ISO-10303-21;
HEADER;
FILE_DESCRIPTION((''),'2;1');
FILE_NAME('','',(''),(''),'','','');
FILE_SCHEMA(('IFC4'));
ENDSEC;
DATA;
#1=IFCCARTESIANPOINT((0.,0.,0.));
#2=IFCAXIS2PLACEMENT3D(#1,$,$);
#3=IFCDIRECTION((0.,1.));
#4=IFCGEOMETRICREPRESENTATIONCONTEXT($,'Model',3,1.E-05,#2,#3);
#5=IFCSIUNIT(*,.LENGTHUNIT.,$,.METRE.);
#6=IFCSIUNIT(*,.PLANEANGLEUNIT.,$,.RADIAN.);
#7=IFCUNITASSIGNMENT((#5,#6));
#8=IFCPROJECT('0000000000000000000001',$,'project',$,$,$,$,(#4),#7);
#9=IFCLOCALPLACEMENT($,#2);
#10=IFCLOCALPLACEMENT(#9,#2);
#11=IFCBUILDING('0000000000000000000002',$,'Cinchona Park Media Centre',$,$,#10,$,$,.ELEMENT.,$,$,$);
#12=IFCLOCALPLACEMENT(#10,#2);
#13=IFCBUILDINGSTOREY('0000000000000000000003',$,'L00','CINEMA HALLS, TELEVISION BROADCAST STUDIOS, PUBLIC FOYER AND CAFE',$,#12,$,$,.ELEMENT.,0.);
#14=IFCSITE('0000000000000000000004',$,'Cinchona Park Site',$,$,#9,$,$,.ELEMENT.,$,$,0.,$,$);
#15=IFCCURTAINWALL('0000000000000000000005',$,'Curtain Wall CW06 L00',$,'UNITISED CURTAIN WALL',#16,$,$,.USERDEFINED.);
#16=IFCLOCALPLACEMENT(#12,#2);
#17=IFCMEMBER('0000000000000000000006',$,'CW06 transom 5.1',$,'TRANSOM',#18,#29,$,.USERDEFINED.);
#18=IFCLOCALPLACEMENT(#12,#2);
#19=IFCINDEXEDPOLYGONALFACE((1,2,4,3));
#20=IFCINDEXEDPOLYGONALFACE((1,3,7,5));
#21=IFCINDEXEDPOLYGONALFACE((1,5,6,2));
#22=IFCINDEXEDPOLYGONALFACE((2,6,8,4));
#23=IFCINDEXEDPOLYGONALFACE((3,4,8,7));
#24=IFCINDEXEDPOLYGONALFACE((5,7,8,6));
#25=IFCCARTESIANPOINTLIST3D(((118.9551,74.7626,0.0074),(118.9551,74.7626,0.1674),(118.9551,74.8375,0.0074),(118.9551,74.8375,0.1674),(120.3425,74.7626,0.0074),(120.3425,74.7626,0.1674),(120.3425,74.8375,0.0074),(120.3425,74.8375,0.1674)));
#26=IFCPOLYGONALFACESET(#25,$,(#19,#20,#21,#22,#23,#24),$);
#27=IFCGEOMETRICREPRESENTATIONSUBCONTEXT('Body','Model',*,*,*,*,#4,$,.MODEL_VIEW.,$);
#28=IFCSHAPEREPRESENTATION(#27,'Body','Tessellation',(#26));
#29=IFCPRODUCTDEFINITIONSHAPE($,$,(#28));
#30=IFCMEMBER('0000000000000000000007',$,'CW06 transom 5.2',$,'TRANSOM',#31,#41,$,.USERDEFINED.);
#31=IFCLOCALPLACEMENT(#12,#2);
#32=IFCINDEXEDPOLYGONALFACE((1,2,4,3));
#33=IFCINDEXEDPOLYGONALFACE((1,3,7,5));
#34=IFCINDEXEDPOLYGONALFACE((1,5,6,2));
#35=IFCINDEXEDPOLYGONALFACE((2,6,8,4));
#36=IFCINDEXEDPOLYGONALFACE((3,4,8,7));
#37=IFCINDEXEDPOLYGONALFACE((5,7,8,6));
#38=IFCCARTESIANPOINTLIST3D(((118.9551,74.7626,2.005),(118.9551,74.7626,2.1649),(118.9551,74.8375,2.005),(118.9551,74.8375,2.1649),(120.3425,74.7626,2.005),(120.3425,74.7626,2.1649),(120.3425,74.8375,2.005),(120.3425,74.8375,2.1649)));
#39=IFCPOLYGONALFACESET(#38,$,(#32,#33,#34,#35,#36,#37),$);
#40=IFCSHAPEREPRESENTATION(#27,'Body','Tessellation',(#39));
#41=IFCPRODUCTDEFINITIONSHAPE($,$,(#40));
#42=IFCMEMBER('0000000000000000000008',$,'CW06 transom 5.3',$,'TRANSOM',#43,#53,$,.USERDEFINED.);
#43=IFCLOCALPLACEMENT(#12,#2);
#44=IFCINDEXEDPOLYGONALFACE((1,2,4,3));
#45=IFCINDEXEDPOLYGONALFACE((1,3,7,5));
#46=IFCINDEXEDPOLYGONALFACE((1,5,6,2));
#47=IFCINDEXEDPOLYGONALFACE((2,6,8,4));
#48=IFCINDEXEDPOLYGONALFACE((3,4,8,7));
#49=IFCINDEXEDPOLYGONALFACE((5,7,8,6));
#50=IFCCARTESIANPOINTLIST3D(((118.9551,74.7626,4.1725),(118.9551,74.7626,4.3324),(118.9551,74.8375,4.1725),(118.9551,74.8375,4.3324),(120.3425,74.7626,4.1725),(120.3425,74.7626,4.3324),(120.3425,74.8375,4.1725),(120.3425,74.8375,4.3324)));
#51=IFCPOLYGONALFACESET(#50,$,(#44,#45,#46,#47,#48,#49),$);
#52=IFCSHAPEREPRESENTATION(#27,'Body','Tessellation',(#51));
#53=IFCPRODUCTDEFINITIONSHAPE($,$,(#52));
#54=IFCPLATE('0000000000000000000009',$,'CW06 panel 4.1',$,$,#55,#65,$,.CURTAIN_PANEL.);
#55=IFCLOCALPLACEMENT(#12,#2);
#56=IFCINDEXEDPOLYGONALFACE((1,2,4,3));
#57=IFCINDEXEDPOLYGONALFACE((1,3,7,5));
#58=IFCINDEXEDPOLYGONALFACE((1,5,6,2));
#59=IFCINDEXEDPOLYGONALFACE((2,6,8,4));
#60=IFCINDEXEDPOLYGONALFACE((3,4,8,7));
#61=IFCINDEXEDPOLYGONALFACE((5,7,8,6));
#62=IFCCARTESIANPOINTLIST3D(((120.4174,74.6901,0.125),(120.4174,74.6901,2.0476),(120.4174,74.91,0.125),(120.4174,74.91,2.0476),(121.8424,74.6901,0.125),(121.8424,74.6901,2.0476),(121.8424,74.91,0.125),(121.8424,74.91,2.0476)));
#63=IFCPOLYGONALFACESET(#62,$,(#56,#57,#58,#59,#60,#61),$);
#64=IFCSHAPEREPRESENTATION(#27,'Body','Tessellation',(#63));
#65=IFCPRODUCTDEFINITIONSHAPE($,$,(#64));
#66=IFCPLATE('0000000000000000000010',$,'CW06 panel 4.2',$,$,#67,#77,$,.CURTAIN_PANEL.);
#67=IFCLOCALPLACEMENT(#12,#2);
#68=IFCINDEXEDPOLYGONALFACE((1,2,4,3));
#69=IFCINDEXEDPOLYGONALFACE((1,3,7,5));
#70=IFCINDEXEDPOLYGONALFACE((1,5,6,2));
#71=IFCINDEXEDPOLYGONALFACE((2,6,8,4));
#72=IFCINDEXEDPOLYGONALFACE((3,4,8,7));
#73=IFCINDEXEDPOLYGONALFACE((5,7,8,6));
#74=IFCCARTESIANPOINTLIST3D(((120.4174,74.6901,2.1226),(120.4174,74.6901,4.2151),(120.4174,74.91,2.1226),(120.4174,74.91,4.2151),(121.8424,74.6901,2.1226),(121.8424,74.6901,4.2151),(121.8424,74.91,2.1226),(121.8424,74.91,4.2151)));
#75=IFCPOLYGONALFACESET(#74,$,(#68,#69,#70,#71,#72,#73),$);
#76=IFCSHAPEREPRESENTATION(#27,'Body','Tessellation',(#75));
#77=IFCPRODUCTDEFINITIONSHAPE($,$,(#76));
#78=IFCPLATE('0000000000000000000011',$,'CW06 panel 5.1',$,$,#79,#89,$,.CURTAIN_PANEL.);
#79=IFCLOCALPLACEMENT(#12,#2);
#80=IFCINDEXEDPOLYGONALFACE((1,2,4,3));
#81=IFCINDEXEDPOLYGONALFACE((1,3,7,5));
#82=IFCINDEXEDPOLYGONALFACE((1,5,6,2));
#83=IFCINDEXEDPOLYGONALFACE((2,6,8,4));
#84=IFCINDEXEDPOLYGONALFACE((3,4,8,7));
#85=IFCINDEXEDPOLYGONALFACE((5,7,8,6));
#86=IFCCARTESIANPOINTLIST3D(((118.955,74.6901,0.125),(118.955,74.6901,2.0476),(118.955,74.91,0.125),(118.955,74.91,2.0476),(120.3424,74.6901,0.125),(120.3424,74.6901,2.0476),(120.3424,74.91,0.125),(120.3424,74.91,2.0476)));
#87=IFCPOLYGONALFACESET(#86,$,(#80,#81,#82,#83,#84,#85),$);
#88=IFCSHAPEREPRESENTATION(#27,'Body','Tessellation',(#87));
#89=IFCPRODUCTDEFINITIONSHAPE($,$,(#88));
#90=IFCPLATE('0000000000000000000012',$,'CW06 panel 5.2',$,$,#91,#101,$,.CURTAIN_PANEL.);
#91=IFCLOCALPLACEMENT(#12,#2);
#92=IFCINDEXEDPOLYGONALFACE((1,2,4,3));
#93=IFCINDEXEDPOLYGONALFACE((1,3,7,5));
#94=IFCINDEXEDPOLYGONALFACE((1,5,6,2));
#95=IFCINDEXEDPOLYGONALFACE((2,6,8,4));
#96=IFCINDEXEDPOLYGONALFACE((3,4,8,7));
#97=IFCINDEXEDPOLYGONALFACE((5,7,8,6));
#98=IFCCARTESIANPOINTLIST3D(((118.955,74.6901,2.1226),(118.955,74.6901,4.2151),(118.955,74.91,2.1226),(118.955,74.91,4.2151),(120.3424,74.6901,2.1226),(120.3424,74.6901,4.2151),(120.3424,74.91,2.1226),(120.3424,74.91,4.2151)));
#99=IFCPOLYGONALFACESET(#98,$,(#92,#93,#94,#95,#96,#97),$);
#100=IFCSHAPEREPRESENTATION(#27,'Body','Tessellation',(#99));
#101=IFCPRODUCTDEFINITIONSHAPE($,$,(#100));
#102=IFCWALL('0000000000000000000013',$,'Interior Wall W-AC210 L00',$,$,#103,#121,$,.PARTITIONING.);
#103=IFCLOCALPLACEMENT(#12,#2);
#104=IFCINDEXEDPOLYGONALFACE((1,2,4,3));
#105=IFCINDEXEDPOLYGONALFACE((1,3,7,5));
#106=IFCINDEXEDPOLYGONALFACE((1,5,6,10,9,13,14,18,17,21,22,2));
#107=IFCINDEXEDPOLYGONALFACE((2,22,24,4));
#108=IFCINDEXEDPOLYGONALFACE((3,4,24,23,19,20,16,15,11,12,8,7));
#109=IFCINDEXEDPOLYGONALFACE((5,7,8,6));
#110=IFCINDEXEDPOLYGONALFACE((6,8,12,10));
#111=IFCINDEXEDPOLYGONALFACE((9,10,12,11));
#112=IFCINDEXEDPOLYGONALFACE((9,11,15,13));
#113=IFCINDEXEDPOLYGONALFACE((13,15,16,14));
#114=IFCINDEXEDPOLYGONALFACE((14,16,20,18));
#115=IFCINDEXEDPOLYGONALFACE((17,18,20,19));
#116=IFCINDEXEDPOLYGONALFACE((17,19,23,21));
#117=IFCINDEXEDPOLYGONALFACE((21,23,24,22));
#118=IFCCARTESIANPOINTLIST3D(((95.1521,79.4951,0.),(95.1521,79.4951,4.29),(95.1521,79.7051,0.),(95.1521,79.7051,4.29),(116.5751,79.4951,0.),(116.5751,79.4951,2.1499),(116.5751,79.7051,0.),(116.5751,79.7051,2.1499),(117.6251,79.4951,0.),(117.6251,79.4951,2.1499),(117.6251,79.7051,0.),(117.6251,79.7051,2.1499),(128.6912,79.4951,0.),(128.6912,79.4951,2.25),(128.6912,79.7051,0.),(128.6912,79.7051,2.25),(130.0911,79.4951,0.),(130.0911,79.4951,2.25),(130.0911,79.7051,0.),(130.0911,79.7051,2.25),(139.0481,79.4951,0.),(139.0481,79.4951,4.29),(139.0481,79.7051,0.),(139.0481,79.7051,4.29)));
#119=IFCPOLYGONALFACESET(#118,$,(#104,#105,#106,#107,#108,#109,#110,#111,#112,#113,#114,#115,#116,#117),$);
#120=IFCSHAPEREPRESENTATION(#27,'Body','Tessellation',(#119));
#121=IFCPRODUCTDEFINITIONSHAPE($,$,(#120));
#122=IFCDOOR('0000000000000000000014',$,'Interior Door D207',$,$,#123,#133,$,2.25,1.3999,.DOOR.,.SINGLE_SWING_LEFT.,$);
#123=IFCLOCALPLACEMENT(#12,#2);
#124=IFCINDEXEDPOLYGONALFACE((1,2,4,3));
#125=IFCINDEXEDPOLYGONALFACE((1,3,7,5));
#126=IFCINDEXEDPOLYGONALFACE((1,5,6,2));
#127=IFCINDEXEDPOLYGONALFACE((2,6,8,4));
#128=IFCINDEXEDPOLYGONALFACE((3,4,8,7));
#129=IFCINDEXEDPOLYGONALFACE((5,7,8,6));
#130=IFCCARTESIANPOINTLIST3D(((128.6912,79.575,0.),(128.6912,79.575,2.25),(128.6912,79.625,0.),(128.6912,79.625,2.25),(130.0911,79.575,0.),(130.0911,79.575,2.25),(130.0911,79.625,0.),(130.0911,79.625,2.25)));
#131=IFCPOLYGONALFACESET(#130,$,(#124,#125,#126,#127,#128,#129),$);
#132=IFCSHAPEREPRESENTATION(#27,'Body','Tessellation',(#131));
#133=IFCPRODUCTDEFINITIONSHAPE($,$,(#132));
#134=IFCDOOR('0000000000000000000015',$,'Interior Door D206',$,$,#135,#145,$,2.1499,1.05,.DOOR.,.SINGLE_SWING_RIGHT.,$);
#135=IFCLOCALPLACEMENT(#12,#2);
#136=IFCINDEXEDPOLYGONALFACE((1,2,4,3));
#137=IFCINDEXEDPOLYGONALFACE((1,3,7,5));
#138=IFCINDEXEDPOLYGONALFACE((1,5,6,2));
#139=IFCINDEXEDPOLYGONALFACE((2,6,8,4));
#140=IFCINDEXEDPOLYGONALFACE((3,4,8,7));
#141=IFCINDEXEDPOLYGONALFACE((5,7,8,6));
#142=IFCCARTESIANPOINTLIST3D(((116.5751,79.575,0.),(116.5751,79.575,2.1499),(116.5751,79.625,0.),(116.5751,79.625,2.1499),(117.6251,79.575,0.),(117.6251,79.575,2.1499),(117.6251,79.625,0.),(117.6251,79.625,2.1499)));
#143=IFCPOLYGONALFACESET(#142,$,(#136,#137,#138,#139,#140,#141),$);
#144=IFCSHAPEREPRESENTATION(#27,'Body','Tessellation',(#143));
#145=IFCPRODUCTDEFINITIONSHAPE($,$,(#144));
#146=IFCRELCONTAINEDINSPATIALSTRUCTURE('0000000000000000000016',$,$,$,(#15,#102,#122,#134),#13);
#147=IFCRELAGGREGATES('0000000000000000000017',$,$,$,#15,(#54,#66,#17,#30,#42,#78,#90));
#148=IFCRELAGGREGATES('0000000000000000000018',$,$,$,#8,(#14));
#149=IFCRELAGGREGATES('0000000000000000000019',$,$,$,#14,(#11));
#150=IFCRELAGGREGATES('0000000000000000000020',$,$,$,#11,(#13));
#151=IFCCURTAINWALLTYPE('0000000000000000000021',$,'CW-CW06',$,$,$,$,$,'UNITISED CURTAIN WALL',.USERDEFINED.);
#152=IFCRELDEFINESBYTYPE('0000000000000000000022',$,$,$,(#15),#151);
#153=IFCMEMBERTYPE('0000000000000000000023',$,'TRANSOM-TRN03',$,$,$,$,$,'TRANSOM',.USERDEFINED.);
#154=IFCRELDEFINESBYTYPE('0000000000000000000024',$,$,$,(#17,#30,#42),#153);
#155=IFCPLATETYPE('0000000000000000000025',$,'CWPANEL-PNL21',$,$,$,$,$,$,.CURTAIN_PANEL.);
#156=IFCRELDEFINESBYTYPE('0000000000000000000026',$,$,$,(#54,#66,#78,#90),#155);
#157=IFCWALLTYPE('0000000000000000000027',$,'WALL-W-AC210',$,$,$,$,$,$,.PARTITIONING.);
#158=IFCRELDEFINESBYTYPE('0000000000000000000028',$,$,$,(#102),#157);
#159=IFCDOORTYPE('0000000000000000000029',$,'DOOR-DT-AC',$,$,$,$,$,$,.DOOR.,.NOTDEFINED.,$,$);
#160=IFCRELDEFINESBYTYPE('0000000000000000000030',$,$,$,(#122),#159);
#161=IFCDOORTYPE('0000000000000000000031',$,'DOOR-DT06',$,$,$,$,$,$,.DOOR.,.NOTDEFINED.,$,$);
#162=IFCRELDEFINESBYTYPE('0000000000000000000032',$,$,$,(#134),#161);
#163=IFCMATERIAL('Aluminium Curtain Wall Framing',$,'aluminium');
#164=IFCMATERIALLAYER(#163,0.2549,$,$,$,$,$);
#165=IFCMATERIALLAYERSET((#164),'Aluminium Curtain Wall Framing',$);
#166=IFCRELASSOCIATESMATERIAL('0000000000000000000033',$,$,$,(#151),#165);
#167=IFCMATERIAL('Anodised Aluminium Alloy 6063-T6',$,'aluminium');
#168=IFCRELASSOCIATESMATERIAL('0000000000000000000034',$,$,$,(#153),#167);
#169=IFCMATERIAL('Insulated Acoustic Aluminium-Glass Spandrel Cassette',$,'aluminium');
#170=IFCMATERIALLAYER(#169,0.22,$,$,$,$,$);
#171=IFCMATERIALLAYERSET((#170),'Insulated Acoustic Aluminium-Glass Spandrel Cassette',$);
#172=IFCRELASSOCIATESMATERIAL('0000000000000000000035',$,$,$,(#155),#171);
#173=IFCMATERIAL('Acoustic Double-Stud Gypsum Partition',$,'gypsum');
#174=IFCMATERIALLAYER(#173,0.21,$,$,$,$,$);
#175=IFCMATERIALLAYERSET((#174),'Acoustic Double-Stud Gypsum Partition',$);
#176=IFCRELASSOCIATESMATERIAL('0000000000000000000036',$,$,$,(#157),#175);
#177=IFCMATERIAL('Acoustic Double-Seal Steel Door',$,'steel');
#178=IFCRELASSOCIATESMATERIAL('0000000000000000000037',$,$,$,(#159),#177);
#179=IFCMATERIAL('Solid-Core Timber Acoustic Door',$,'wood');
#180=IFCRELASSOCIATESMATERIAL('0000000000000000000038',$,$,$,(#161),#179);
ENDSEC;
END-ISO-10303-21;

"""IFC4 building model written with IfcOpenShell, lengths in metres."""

from ifc_helpers import new_model, si_unit, direction, frame, frame_2d, origin, origin_2d, place, context, subcontext, project, spatial, rectangle, extrude, material, layer, layer_set, material_profile, profile_set, type_object, element, fill, aggregate, save


model = new_model("IFC4")

# Units and contexts
model_context = context("Model", 3, precision=1e-05, world=origin(), true_north=direction((0.0, 1.0)))
body_context = subcontext(model_context, "Body", "Model", "MODEL_VIEW")
ifc_project = project(units=[si_unit("LENGTHUNIT", "METRE"), si_unit("PLANEANGLEUNIT", "RADIAN")], contexts=[model_context])

# Site, building, storey
site_placement = place(None, origin())
site = spatial("IfcSite", under=ifc_project, at=site_placement, Name="Cinchona Park Site", CompositionType="ELEMENT", RefElevation=0.0)
building_placement = place(site_placement, origin())
building = spatial("IfcBuilding", under=site, at=building_placement, Name="Cinchona Park Media Centre", CompositionType="ELEMENT")
storey_placement = place(building_placement, origin())
storey = spatial("IfcBuildingStorey", under=building, at=storey_placement, Name="L00", Description="CINEMA HALLS, TELEVISION BROADCAST STUDIOS, PUBLIC FOYER AND CAFE", CompositionType="ELEMENT", Elevation=0.0)

# Curtain wall
ifc_material_1 = material(Name="Aluminium Curtain Wall Framing", Category="aluminium")
ifc_layer_1 = layer(ifc_material_1, 0.2549)
ifc_layer_set_1 = layer_set([ifc_layer_1], Name="Aluminium Curtain Wall Framing")
curtain_wall_type_1 = type_object("IfcCurtainWallType", Name="CW-CW06", ElementType="UNITISED CURTAIN WALL", PredefinedType="USERDEFINED", material=ifc_layer_set_1)
curtain_wall_1_placement = place(storey_placement, origin())
curtain_wall_1 = element("IfcCurtainWall", 1, at=curtain_wall_1_placement, inside=storey, type_object=curtain_wall_type_1, Name="Curtain Wall CW06 L00", ObjectType="UNITISED CURTAIN WALL", PredefinedType="USERDEFINED")

# Members
ifc_material_2 = material(Name="Anodised Aluminium Alloy 6063-T6", Category="aluminium")
ifc_material_profile_1 = material_profile(ifc_material_2, rectangle(XDim=0.075, YDim=0.1599, at=origin_2d()), Name="TRN-75X160")
ifc_profile_set_1 = profile_set([ifc_material_profile_1], Name="Anodised Aluminium Alloy 6063-T6")
member_type_1 = type_object("IfcMemberType", Name="TRANSOM-TRN03", ElementType="TRANSOM", PredefinedType="USERDEFINED", material=ifc_profile_set_1)
member_1_placement = place(storey_placement, frame((120.3425, 74.8, 0.0874), z_axis=(-1.0, 0.0, 0.0), x_axis=(0.0, -1.0, 0.0)))
member_1 = element("IfcMember", 2, at=member_1_placement, type_object=member_type_1, Name="CW06 transom 5.1", ObjectType="TRANSOM", PredefinedType="USERDEFINED", context=body_context, shape_type="SweptSolid", body=[
    extrude(rectangle(XDim=0.075, YDim=0.1599, at=origin_2d()), origin(), (0.0, 0.0, 1.0), 1.3875),
])
member_2_placement = place(storey_placement, frame((120.3425, 74.8, 2.085), z_axis=(-1.0, 0.0, 0.0), x_axis=(0.0, -1.0, 0.0)))
member_2 = element("IfcMember", 3, at=member_2_placement, type_object=member_type_1, Name="CW06 transom 5.2", ObjectType="TRANSOM", PredefinedType="USERDEFINED", context=body_context, shape_type="SweptSolid", body=[
    extrude(rectangle(XDim=0.075, YDim=0.1599, at=origin_2d()), origin(), (0.0, 0.0, 1.0), 1.3875),
])
member_3_placement = place(storey_placement, frame((120.3425, 74.8, 4.2524), z_axis=(-1.0, 0.0, 0.0), x_axis=(0.0, -1.0, 0.0)))
member_3 = element("IfcMember", 4, at=member_3_placement, type_object=member_type_1, Name="CW06 transom 5.3", ObjectType="TRANSOM", PredefinedType="USERDEFINED", context=body_context, shape_type="SweptSolid", body=[
    extrude(rectangle(XDim=0.075, YDim=0.1599, at=origin_2d()), origin(), (0.0, 0.0, 1.0), 1.3875),
])

# Plates
ifc_material_3 = material(Name="Insulated Acoustic Aluminium-Glass Spandrel Cassette", Category="aluminium")
ifc_layer_2 = layer(ifc_material_3, 0.22)
ifc_layer_set_2 = layer_set([ifc_layer_2], Name="Insulated Acoustic Aluminium-Glass Spandrel Cassette")
plate_type = type_object("IfcPlateType", Name="CWPANEL-PNL21", PredefinedType="CURTAIN_PANEL", material=ifc_layer_set_2)
plate_1_placement = place(storey_placement, frame((121.1299, 74.8, 0.125), z_axis=(0.0, 0.0, 1.0), x_axis=(-1.0, 0.0, 0.0)))
plate_1 = element("IfcPlate", 5, at=plate_1_placement, type_object=plate_type, Name="CW06 panel 4.1", PredefinedType="CURTAIN_PANEL", context=body_context, shape_type="SweptSolid", body=[
    extrude(rectangle(XDim=1.425, YDim=0.22, at=origin_2d()), origin(), (0.0, 0.0, 1.0), 1.9226),
])
plate_2_placement = place(storey_placement, frame((121.1299, 74.8, 2.1226), z_axis=(0.0, 0.0, 1.0), x_axis=(-1.0, 0.0, 0.0)))
plate_2 = element("IfcPlate", 6, at=plate_2_placement, type_object=plate_type, Name="CW06 panel 4.2", PredefinedType="CURTAIN_PANEL", context=body_context, shape_type="SweptSolid", body=[
    extrude(rectangle(XDim=1.425, YDim=0.22, at=origin_2d()), origin(), (0.0, 0.0, 1.0), 2.0925),
])
plate_3_placement = place(storey_placement, frame((119.6487, 74.8, 0.125), z_axis=(0.0, 0.0, 1.0), x_axis=(-1.0, 0.0, 0.0)))
plate_3 = element("IfcPlate", 7, at=plate_3_placement, type_object=plate_type, Name="CW06 panel 5.1", PredefinedType="CURTAIN_PANEL", context=body_context, shape_type="SweptSolid", body=[
    extrude(rectangle(XDim=1.3875, YDim=0.22, at=origin_2d()), origin(), (0.0, 0.0, 1.0), 1.9226),
])
plate_4_placement = place(storey_placement, frame((119.6487, 74.8, 2.1226), z_axis=(0.0, 0.0, 1.0), x_axis=(-1.0, 0.0, 0.0)))
plate_4 = element("IfcPlate", 8, at=plate_4_placement, type_object=plate_type, Name="CW06 panel 5.2", PredefinedType="CURTAIN_PANEL", context=body_context, shape_type="SweptSolid", body=[
    extrude(rectangle(XDim=1.3875, YDim=0.22, at=origin_2d()), origin(), (0.0, 0.0, 1.0), 2.0925),
])
aggregate(curtain_wall_1, [plate_1, plate_2, member_1, member_2, member_3, plate_3, plate_4])

# Wall, openings, doors
ifc_material_4 = material(Name="Acoustic Double-Stud Gypsum Partition", Category="gypsum")
ifc_layer_3 = layer(ifc_material_4, 0.21)
ifc_layer_set_3 = layer_set([ifc_layer_3], Name="Acoustic Double-Stud Gypsum Partition")
wall_type = type_object("IfcWallType", Name="WALL-W-AC210", PredefinedType="PARTITIONING", material=ifc_layer_set_3)
wall_placement = place(storey_placement, frame((95.1521, 79.6001, 0.0), z_axis=(0.0, 0.0, 1.0), x_axis=(1.0, 0.0, 0.0)))
wall = element("IfcWall", 9, at=wall_placement, inside=storey, type_object=wall_type, Name="Interior Wall W-AC210 L00", PredefinedType="PARTITIONING", context=body_context, shape_type="SweptSolid", body=[
    extrude(rectangle(XDim=43.896, YDim=0.21, at=frame_2d((21.948, 0.0))), origin(), (0.0, 0.0, 1.0), 4.29),
])
opening_1_placement = place(wall_placement, frame((21.4231, 0.0, 0.0)))
opening_1 = element("IfcOpeningElement", 10, at=opening_1_placement, cuts=wall, PredefinedType="OPENING", context=body_context, shape_type="SweptSolid", body=[
    extrude(rectangle(XDim=1.05, YDim=2.1499, at=frame_2d((0.5249, 1.075))), frame((0.0, 0.115, 0.0), z_axis=(0.0, -1.0, 0.0), x_axis=(1.0, 0.0, 0.0)), (0.0, 0.0, 1.0), 0.23),
])
opening_2_placement = place(wall_placement, frame((33.5391, 0.0, 0.0)))
opening_2 = element("IfcOpeningElement", 11, at=opening_2_placement, cuts=wall, PredefinedType="OPENING", context=body_context, shape_type="SweptSolid", body=[
    extrude(rectangle(XDim=1.3999, YDim=2.25, at=frame_2d((0.7, 1.125))), frame((0.0, 0.115, 0.0), z_axis=(0.0, -1.0, 0.0), x_axis=(1.0, 0.0, 0.0)), (0.0, 0.0, 1.0), 0.23),
])
ifc_material_5 = material(Name="Acoustic Double-Seal Steel Door", Category="steel")
door_type_1 = type_object("IfcDoorType", Name="DOOR-DT-AC", OperationType="NOTDEFINED", PredefinedType="DOOR", material=ifc_material_5)
door_1_placement = place(opening_2_placement, origin())
door_1 = element("IfcDoor", 12, at=door_1_placement, inside=storey, type_object=door_type_1, Name="Interior Door D207", OperationType="SINGLE_SWING_LEFT", OverallHeight=2.25, OverallWidth=1.3999, PredefinedType="DOOR", context=body_context, shape_type="SweptSolid", body=[
    extrude(rectangle(XDim=1.3999, YDim=2.25, at=frame_2d((0.7, 1.125))), frame((0.0, 0.0249, 0.0), z_axis=(0.0, -1.0, 0.0), x_axis=(1.0, 0.0, 0.0)), (0.0, 0.0, 1.0), 0.05),
])
fill(opening_2, door_1)
ifc_material_6 = material(Name="Solid-Core Timber Acoustic Door", Category="wood")
door_type_2 = type_object("IfcDoorType", Name="DOOR-DT06", OperationType="NOTDEFINED", PredefinedType="DOOR", material=ifc_material_6)
door_2_placement = place(opening_1_placement, origin())
door_2 = element("IfcDoor", 13, at=door_2_placement, inside=storey, type_object=door_type_2, Name="Interior Door D206", OperationType="SINGLE_SWING_RIGHT", OverallHeight=2.1499, OverallWidth=1.05, PredefinedType="DOOR", context=body_context, shape_type="SweptSolid", body=[
    extrude(rectangle(XDim=1.05, YDim=2.1499, at=frame_2d((0.5249, 1.075))), frame((0.0, 0.0249, 0.0), z_axis=(0.0, -1.0, 0.0), x_axis=(1.0, 0.0, 0.0)), (0.0, 0.0, 1.0), 0.05),
])
fill(opening_1, door_2)

save(model, "model.ifc")
